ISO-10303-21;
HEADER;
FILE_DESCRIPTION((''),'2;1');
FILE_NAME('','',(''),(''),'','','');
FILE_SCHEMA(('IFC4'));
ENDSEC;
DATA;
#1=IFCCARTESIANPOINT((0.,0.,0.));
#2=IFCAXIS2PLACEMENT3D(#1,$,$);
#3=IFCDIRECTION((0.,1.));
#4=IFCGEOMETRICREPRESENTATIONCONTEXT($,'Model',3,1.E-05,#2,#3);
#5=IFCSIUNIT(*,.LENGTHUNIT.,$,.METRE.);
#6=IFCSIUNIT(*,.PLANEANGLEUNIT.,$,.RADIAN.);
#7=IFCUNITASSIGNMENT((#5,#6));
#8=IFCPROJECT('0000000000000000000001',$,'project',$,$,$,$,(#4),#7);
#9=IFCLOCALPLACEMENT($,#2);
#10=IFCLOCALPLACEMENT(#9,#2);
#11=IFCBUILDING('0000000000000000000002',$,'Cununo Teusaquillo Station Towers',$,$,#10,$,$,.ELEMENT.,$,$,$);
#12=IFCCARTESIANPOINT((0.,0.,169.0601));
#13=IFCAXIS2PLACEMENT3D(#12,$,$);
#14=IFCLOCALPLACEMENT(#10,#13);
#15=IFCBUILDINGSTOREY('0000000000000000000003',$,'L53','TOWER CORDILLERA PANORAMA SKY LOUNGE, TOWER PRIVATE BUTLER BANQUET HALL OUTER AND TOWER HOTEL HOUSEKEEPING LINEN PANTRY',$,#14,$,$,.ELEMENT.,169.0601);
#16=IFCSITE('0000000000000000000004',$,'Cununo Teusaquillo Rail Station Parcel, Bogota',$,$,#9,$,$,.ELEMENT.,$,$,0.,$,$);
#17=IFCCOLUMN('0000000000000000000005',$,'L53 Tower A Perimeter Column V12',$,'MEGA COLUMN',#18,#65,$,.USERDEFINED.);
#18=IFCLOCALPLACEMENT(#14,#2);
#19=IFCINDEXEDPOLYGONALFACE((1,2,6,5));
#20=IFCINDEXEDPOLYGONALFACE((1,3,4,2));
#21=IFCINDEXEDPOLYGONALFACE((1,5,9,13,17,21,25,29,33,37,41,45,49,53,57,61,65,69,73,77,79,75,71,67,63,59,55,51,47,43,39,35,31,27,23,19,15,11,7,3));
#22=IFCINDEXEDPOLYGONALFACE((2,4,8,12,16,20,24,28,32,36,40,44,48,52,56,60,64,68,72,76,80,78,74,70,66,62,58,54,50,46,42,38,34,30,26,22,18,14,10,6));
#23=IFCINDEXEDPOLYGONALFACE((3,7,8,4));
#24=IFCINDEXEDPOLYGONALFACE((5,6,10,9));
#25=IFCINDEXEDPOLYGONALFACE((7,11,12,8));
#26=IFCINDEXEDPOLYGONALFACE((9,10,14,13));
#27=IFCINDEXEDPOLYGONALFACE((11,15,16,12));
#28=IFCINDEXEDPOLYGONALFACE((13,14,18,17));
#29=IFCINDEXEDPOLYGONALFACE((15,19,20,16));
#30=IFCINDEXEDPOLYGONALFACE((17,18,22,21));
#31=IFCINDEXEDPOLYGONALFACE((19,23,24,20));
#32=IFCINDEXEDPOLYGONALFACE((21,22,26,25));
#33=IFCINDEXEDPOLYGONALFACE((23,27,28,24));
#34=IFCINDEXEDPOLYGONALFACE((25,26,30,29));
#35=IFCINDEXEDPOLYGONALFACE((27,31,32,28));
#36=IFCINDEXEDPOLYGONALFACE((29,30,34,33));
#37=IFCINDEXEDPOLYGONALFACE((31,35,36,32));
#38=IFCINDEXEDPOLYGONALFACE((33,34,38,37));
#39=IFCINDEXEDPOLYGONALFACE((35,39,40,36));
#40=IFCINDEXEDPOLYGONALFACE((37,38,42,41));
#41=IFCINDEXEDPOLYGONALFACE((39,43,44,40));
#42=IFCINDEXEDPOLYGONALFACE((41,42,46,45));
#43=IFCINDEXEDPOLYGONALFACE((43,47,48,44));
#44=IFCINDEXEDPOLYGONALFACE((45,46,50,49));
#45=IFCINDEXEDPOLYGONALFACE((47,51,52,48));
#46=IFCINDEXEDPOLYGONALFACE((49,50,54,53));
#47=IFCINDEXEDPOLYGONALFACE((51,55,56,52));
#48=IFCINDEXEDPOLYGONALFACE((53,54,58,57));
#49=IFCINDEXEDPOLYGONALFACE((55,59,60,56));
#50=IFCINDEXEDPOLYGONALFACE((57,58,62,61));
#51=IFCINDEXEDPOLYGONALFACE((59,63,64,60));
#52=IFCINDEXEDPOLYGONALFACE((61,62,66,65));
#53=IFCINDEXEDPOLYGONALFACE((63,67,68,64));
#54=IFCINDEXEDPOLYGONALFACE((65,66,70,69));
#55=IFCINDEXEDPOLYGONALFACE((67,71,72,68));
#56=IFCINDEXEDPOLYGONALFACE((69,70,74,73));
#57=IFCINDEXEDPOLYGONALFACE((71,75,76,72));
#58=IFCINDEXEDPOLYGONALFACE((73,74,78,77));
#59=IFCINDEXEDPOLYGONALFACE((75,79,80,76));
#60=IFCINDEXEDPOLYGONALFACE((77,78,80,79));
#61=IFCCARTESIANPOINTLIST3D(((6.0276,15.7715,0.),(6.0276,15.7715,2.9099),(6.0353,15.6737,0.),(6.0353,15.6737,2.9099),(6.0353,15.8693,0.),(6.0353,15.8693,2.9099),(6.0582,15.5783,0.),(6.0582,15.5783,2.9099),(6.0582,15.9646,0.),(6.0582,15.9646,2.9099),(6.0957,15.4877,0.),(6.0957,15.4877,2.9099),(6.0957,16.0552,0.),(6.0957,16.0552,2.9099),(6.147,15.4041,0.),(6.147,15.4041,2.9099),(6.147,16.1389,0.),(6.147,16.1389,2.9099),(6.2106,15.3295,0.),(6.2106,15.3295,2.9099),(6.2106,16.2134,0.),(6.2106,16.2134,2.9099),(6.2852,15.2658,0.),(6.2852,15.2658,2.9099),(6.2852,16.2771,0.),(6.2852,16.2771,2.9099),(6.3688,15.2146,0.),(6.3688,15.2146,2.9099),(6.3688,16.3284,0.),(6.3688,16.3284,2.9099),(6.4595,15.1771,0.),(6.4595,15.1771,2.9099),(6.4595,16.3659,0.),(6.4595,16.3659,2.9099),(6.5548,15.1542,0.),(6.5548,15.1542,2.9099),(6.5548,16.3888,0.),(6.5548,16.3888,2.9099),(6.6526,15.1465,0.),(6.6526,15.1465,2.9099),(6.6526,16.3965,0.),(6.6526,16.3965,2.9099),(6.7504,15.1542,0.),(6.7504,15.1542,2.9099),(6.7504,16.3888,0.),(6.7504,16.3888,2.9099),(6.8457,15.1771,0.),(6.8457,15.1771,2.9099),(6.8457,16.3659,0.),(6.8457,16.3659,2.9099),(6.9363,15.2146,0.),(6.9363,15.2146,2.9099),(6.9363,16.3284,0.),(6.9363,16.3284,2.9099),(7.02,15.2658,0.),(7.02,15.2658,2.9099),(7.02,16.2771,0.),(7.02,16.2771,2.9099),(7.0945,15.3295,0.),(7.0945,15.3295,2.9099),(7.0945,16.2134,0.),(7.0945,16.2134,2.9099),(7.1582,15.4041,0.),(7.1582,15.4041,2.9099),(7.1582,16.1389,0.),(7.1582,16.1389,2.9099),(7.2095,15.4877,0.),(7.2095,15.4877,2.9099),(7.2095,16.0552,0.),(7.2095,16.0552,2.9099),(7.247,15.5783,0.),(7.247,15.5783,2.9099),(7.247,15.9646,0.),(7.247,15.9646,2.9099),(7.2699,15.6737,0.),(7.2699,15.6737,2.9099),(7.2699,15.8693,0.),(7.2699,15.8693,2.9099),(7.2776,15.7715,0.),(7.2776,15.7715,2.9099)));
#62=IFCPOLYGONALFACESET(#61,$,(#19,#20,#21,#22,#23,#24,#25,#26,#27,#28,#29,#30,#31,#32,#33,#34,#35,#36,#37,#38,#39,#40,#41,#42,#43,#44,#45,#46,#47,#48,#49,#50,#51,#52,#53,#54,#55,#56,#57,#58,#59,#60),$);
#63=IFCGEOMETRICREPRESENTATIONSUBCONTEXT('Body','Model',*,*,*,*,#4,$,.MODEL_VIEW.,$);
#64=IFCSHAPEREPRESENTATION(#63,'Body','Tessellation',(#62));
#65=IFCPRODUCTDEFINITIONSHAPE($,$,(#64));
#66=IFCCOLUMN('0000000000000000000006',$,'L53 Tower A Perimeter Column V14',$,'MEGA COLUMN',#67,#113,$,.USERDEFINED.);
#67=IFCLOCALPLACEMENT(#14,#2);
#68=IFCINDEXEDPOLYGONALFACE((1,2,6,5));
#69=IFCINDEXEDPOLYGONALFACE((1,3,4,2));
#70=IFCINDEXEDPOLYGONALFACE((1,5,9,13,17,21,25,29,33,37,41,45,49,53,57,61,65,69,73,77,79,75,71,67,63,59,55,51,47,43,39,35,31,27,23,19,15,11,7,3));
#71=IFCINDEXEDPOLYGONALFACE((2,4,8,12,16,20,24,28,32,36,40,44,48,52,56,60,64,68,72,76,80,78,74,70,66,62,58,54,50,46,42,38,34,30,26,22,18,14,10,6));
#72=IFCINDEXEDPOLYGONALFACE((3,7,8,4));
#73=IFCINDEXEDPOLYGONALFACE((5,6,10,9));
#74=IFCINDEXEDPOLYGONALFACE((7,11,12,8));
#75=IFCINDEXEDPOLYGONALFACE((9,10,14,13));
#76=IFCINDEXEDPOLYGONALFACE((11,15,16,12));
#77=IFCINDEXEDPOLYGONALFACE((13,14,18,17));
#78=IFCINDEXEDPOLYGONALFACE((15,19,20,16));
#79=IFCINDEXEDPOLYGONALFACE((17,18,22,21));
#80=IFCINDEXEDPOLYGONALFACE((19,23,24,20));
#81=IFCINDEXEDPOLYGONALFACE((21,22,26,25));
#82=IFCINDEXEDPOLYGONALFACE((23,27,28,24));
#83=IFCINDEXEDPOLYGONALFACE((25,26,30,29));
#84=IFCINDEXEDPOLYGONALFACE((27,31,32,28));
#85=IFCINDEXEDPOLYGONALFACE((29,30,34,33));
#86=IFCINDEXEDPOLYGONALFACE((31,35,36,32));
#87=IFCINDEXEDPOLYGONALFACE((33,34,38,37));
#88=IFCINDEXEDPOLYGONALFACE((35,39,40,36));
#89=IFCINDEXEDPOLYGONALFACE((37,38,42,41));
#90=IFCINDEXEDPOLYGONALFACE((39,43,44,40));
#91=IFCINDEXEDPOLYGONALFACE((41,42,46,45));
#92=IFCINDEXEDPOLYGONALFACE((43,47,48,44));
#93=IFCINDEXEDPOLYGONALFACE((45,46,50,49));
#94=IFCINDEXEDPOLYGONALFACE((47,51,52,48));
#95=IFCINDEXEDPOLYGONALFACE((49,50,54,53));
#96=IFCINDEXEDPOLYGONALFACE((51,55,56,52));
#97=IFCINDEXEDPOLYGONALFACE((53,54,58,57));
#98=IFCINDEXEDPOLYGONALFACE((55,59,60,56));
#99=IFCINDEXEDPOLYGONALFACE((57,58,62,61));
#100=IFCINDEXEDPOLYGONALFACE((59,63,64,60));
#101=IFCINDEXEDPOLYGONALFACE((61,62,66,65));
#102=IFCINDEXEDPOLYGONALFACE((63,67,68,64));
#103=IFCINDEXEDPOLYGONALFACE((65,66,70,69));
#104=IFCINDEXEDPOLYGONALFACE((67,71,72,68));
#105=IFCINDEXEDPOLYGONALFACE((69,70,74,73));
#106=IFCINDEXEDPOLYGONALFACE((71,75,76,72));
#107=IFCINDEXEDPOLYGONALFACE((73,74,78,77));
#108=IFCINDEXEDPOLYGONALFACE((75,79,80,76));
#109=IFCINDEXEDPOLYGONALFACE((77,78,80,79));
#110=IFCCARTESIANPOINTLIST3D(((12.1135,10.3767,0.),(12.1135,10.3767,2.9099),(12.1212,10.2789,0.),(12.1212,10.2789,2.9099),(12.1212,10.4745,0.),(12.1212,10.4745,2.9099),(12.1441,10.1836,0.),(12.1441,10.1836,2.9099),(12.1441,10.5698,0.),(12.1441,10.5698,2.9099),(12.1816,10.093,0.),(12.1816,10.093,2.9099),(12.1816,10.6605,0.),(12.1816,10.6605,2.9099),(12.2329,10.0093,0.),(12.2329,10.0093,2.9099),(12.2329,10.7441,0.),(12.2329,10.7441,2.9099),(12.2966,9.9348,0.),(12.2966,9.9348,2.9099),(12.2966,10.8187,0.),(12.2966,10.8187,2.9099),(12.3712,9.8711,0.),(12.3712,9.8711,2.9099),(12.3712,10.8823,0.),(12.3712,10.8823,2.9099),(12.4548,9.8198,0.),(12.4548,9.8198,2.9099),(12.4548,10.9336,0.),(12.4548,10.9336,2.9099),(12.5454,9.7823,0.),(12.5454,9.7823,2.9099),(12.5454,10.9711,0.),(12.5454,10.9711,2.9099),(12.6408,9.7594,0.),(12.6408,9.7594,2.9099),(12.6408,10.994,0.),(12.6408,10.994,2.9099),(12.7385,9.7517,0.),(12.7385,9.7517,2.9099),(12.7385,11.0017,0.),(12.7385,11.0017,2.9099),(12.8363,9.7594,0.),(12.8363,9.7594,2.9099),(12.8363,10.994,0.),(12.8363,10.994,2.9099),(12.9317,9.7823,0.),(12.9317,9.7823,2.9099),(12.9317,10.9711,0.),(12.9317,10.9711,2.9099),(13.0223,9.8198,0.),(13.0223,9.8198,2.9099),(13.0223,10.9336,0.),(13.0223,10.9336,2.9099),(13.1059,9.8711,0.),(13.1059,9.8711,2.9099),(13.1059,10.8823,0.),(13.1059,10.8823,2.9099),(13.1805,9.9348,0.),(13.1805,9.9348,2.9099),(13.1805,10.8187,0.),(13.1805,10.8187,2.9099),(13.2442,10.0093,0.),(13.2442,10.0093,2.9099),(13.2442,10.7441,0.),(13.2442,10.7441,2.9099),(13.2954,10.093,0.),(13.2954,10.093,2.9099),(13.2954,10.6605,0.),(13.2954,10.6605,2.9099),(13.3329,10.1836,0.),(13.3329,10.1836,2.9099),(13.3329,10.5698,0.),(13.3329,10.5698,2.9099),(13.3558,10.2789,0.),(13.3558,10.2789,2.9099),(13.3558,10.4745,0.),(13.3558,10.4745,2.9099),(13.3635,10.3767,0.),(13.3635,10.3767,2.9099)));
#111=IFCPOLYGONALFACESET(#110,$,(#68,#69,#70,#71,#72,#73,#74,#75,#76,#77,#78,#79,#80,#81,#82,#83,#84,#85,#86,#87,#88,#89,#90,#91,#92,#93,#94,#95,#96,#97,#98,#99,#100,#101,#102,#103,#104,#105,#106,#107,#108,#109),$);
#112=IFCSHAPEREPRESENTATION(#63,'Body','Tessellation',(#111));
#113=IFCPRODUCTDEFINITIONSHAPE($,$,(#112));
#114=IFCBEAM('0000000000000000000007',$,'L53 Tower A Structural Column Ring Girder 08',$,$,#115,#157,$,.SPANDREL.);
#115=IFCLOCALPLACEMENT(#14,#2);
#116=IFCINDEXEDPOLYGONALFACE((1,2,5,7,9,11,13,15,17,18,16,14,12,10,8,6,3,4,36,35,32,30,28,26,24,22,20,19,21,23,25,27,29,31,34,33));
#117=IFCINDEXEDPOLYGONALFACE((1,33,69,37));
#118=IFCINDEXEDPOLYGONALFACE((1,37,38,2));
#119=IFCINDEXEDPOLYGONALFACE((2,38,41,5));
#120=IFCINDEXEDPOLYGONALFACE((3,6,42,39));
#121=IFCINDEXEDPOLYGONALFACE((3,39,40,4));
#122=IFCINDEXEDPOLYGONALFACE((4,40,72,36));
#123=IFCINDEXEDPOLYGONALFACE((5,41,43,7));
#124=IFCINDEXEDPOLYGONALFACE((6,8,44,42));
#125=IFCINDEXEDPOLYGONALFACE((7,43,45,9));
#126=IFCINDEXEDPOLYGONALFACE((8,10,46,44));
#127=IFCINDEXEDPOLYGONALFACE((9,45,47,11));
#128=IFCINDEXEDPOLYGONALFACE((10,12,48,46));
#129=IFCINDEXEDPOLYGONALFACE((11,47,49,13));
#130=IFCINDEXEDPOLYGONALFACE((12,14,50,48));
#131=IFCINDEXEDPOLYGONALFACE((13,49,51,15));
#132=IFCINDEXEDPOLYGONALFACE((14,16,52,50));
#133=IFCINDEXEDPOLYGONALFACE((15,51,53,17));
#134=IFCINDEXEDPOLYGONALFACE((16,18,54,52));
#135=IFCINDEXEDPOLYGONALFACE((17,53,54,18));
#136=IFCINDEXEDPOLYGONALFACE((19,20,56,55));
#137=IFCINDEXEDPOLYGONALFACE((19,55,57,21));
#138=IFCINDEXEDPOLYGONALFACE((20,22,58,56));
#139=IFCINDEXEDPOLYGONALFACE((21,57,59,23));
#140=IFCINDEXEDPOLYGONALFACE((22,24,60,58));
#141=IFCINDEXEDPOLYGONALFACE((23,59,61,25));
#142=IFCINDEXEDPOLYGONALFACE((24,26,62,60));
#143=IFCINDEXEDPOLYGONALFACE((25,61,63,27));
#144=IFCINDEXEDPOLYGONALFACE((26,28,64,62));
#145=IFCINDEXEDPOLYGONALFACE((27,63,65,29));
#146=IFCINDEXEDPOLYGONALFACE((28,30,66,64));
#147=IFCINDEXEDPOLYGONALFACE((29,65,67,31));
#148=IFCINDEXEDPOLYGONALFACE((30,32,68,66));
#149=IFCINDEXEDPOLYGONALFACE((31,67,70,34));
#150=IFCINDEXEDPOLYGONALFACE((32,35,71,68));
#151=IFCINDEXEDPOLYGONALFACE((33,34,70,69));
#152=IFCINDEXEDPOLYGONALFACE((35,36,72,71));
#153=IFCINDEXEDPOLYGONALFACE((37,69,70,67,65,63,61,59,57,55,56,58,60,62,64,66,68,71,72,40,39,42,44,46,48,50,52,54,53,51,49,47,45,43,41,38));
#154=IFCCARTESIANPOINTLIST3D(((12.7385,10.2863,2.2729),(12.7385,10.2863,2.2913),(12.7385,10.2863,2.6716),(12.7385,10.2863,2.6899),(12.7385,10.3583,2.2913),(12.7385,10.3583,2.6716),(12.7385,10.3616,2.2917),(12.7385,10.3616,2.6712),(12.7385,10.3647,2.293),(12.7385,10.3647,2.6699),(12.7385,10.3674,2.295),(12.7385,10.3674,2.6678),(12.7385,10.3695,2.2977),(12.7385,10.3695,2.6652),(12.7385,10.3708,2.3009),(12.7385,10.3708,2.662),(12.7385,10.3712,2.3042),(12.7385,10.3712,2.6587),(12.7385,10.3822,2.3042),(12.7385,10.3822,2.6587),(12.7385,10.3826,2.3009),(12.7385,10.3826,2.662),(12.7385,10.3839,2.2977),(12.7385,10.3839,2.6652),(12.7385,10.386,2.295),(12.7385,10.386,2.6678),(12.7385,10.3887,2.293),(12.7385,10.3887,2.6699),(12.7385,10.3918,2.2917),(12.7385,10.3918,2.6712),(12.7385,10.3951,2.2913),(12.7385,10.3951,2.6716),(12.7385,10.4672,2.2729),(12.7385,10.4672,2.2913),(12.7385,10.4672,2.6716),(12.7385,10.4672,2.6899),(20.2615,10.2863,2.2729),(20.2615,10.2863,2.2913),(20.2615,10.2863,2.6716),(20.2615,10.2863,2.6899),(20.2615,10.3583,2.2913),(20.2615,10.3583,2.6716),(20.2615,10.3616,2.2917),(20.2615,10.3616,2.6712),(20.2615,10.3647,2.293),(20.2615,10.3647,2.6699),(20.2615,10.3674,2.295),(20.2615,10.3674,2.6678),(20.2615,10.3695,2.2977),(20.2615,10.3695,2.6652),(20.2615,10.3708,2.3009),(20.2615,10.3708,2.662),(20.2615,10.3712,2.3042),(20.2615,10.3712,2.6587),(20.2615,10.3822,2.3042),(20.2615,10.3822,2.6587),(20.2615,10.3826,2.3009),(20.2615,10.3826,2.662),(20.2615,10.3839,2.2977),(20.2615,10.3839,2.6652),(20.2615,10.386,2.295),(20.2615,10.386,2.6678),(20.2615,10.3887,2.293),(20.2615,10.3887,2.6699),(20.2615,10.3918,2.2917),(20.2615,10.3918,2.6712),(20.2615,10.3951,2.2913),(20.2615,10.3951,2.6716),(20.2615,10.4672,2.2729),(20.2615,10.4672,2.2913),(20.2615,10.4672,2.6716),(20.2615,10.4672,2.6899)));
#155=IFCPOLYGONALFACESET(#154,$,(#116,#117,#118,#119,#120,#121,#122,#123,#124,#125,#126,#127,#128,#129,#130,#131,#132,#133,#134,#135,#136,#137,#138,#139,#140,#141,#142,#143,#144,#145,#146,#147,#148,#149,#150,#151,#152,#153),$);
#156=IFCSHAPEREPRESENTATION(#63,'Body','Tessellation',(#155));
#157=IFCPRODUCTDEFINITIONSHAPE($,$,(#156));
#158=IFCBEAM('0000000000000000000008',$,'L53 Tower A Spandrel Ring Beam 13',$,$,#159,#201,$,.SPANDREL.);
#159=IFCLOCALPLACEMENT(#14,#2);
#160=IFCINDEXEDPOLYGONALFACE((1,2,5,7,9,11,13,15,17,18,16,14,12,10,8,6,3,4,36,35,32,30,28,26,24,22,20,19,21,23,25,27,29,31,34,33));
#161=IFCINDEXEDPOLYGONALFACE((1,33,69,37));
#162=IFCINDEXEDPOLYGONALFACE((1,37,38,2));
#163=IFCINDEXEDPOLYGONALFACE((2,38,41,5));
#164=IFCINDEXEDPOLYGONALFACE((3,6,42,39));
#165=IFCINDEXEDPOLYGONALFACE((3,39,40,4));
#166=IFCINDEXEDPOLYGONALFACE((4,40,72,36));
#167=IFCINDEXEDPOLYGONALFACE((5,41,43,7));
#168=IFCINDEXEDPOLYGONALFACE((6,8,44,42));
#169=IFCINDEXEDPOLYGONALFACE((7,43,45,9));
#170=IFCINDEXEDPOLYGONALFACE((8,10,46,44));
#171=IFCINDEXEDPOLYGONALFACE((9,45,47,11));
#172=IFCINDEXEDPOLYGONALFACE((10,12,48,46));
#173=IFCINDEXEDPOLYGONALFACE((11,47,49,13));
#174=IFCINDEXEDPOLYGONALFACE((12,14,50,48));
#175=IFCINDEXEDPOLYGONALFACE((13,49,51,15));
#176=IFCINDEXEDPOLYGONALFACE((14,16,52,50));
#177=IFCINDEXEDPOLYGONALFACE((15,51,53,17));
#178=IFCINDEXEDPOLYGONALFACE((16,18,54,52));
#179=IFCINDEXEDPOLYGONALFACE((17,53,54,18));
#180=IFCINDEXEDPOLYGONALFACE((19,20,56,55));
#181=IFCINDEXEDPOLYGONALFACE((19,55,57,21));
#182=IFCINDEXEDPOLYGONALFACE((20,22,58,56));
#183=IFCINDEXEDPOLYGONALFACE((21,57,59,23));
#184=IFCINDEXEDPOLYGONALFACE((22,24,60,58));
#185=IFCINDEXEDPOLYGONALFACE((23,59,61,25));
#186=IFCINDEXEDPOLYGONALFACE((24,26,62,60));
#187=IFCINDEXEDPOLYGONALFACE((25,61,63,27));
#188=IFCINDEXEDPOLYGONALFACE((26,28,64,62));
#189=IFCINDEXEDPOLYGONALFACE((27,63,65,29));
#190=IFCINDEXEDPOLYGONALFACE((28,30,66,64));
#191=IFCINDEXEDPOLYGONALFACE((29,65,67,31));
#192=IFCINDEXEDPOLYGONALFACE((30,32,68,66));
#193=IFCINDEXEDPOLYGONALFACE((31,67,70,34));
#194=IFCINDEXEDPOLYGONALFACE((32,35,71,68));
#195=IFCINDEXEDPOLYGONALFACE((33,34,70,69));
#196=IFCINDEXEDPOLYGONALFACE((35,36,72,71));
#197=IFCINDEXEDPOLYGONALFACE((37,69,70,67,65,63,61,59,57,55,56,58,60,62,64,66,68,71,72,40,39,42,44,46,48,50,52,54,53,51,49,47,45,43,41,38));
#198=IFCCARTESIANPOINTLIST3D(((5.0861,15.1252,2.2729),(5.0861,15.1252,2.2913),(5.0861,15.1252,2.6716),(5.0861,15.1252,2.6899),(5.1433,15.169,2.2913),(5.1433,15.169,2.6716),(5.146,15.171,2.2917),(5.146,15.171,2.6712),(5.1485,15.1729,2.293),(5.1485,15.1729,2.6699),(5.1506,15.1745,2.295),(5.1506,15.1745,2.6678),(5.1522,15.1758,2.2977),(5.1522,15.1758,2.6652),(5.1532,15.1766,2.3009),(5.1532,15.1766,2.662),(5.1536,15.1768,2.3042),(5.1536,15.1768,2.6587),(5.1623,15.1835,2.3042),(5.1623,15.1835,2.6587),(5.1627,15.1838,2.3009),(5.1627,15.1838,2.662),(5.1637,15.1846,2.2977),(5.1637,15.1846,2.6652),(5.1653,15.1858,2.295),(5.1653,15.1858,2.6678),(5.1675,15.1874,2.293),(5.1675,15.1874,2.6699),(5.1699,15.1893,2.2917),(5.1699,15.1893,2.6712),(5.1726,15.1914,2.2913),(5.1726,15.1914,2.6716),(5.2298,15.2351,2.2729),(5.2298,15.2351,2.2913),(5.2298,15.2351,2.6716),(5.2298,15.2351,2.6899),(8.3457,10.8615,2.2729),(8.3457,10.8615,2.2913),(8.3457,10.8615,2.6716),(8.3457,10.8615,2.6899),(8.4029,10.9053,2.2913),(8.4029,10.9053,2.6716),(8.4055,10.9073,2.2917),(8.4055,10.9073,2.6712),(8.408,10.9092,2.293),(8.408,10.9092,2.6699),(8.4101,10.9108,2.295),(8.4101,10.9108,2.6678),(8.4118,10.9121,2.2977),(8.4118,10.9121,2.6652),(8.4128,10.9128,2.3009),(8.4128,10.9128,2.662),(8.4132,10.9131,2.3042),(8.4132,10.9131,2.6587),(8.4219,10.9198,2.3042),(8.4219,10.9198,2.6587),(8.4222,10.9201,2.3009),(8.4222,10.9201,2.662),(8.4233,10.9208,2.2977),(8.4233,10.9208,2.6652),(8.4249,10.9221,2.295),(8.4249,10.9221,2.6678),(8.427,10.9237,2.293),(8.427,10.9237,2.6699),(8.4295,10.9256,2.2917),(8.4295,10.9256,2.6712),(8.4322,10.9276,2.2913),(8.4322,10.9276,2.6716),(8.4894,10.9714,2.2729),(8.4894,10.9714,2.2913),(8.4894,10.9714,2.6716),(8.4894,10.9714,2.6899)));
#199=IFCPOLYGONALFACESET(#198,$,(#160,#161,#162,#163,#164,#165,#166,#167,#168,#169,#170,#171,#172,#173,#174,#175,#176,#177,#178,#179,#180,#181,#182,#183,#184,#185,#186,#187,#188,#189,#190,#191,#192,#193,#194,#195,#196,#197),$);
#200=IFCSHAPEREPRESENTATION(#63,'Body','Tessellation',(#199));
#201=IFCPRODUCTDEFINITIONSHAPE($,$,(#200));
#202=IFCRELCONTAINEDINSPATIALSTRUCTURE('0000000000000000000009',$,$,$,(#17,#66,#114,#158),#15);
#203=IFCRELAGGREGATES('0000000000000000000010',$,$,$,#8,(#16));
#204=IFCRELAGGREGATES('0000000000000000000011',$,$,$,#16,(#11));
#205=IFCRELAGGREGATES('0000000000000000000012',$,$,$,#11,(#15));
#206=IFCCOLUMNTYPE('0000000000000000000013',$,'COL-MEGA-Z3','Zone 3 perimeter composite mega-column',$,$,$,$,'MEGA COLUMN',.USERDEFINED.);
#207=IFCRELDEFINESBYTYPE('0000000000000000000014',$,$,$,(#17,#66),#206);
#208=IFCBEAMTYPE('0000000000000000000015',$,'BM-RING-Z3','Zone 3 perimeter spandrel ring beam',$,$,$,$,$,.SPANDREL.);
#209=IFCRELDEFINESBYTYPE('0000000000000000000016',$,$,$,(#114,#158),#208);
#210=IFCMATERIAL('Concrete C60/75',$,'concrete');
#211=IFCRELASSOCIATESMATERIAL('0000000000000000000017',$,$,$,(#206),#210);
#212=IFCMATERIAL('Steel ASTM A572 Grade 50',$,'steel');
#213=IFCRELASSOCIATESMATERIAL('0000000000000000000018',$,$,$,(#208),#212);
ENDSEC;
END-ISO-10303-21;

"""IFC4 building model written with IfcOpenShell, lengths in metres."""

from ifc_helpers import new_model, si_unit, direction, frame, origin, origin_2d, place, context, subcontext, project, spatial, circle, i_section, extrude, material, material_profile, profile_set, type_object, element, save


model = new_model("IFC4")

# Units and contexts
model_context = context("Model", 3, precision=1e-05, world=origin(), true_north=direction((0.0, 1.0)))
body_context = subcontext(model_context, "Body", "Model", "MODEL_VIEW")
ifc_project = project(units=[si_unit("LENGTHUNIT", "METRE"), si_unit("PLANEANGLEUNIT", "RADIAN")], contexts=[model_context])

# Site, building, storey
site_placement = place(None, origin())
site = spatial("IfcSite", under=ifc_project, at=site_placement, Name="Cununo Teusaquillo Rail Station Parcel, Bogota", CompositionType="ELEMENT", RefElevation=0.0)
building_placement = place(site_placement, origin())
building = spatial("IfcBuilding", under=site, at=building_placement, Name="Cununo Teusaquillo Station Towers", CompositionType="ELEMENT")
storey_placement = place(building_placement, frame((0.0, 0.0, 169.0601)))
storey = spatial("IfcBuildingStorey", under=building, at=storey_placement, Name="L53", Description="TOWER CORDILLERA PANORAMA SKY LOUNGE, TOWER PRIVATE BUTLER BANQUET HALL OUTER AND TOWER HOTEL HOUSEKEEPING LINEN PANTRY", CompositionType="ELEMENT", Elevation=169.0601)

# Columns
ifc_material_1 = material(Name="Concrete C60/75", Category="concrete")
ifc_material_profile_1 = material_profile(ifc_material_1, circle(Radius=0.625, at=origin_2d()), Name="RC-CIRC-1250")
ifc_profile_set_1 = profile_set([ifc_material_profile_1], Name="Concrete C60/75")
column_type = type_object("IfcColumnType", Name="COL-MEGA-Z3", Description="Zone 3 perimeter composite mega-column", ElementType="MEGA COLUMN", PredefinedType="USERDEFINED", material=ifc_profile_set_1)
for number, where, z_axis, x_axis, name in (
    (1, (6.6526, 15.7715, 0.0), (0.0, 0.0, 1.0), (1.0, 0.0, 0.0), "L53 Tower A Perimeter Column V12"),
    (2, (12.7385, 10.3767, 0.0), (0.0, 0.0, 1.0), (1.0, 0.0, 0.0), "L53 Tower A Perimeter Column V14"),
):
    element("IfcColumn", number, at=place(storey_placement, frame(where, z_axis=z_axis, x_axis=x_axis)), inside=storey, type_object=column_type, Name=name, ObjectType="MEGA COLUMN", PredefinedType="USERDEFINED", context=body_context, shape_type="SweptSolid", body=[
        extrude(circle(Radius=0.625, at=origin_2d()), origin(), (0.0, 0.0, 1.0), 2.9099),
    ])

# Beams
ifc_material_2 = material(Name="Steel ASTM A572 Grade 50", Category="steel")
ifc_material_profile_2 = material_profile(ifc_material_2, i_section(OverallWidth=0.1809, OverallDepth=0.417, WebThickness=0.011, FlangeThickness=0.0183, FilletRadius=0.0129, at=origin_2d()), Name="W16X57")
ifc_profile_set_2 = profile_set([ifc_material_profile_2], Name="Steel ASTM A572 Grade 50")
beam_type_1 = type_object("IfcBeamType", Name="BM-RING-Z3", Description="Zone 3 perimeter spandrel ring beam", PredefinedType="SPANDREL", material=ifc_profile_set_2)
beam_1_placement = place(storey_placement, frame((12.7385, 10.3767, 2.4814), z_axis=(1.0, 0.0, 0.0), x_axis=(0.0, 1.0, 0.0)))
element("IfcBeam", 3, at=beam_1_placement, inside=storey, type_object=beam_type_1, Name="L53 Tower A Structural Column Ring Girder 08", PredefinedType="SPANDREL", context=body_context, shape_type="SweptSolid", body=[
    extrude(i_section(OverallWidth=0.1809, OverallDepth=0.417, WebThickness=0.011, FlangeThickness=0.0183, FilletRadius=0.0129, at=origin_2d()), origin(), (0.0, 0.0, 1.0), 7.5229),
])
beam_2_placement = place(storey_placement, frame((5.158, 15.1802, 2.4814), z_axis=(0.60734, -0.794442, 0.0), x_axis=(0.794442, 0.60734, 0.0)))
element("IfcBeam", 4, at=beam_2_placement, inside=storey, type_object=beam_type_1, Name="L53 Tower A Spandrel Ring Beam 13", PredefinedType="SPANDREL", context=body_context, shape_type="SweptSolid", body=[
    extrude(i_section(OverallWidth=0.1809, OverallDepth=0.417, WebThickness=0.011, FlangeThickness=0.0183, FilletRadius=0.0129, at=origin_2d()), origin(), (0.0, 0.0, 1.0), 5.3669),
])

save(model, "model.ifc")
